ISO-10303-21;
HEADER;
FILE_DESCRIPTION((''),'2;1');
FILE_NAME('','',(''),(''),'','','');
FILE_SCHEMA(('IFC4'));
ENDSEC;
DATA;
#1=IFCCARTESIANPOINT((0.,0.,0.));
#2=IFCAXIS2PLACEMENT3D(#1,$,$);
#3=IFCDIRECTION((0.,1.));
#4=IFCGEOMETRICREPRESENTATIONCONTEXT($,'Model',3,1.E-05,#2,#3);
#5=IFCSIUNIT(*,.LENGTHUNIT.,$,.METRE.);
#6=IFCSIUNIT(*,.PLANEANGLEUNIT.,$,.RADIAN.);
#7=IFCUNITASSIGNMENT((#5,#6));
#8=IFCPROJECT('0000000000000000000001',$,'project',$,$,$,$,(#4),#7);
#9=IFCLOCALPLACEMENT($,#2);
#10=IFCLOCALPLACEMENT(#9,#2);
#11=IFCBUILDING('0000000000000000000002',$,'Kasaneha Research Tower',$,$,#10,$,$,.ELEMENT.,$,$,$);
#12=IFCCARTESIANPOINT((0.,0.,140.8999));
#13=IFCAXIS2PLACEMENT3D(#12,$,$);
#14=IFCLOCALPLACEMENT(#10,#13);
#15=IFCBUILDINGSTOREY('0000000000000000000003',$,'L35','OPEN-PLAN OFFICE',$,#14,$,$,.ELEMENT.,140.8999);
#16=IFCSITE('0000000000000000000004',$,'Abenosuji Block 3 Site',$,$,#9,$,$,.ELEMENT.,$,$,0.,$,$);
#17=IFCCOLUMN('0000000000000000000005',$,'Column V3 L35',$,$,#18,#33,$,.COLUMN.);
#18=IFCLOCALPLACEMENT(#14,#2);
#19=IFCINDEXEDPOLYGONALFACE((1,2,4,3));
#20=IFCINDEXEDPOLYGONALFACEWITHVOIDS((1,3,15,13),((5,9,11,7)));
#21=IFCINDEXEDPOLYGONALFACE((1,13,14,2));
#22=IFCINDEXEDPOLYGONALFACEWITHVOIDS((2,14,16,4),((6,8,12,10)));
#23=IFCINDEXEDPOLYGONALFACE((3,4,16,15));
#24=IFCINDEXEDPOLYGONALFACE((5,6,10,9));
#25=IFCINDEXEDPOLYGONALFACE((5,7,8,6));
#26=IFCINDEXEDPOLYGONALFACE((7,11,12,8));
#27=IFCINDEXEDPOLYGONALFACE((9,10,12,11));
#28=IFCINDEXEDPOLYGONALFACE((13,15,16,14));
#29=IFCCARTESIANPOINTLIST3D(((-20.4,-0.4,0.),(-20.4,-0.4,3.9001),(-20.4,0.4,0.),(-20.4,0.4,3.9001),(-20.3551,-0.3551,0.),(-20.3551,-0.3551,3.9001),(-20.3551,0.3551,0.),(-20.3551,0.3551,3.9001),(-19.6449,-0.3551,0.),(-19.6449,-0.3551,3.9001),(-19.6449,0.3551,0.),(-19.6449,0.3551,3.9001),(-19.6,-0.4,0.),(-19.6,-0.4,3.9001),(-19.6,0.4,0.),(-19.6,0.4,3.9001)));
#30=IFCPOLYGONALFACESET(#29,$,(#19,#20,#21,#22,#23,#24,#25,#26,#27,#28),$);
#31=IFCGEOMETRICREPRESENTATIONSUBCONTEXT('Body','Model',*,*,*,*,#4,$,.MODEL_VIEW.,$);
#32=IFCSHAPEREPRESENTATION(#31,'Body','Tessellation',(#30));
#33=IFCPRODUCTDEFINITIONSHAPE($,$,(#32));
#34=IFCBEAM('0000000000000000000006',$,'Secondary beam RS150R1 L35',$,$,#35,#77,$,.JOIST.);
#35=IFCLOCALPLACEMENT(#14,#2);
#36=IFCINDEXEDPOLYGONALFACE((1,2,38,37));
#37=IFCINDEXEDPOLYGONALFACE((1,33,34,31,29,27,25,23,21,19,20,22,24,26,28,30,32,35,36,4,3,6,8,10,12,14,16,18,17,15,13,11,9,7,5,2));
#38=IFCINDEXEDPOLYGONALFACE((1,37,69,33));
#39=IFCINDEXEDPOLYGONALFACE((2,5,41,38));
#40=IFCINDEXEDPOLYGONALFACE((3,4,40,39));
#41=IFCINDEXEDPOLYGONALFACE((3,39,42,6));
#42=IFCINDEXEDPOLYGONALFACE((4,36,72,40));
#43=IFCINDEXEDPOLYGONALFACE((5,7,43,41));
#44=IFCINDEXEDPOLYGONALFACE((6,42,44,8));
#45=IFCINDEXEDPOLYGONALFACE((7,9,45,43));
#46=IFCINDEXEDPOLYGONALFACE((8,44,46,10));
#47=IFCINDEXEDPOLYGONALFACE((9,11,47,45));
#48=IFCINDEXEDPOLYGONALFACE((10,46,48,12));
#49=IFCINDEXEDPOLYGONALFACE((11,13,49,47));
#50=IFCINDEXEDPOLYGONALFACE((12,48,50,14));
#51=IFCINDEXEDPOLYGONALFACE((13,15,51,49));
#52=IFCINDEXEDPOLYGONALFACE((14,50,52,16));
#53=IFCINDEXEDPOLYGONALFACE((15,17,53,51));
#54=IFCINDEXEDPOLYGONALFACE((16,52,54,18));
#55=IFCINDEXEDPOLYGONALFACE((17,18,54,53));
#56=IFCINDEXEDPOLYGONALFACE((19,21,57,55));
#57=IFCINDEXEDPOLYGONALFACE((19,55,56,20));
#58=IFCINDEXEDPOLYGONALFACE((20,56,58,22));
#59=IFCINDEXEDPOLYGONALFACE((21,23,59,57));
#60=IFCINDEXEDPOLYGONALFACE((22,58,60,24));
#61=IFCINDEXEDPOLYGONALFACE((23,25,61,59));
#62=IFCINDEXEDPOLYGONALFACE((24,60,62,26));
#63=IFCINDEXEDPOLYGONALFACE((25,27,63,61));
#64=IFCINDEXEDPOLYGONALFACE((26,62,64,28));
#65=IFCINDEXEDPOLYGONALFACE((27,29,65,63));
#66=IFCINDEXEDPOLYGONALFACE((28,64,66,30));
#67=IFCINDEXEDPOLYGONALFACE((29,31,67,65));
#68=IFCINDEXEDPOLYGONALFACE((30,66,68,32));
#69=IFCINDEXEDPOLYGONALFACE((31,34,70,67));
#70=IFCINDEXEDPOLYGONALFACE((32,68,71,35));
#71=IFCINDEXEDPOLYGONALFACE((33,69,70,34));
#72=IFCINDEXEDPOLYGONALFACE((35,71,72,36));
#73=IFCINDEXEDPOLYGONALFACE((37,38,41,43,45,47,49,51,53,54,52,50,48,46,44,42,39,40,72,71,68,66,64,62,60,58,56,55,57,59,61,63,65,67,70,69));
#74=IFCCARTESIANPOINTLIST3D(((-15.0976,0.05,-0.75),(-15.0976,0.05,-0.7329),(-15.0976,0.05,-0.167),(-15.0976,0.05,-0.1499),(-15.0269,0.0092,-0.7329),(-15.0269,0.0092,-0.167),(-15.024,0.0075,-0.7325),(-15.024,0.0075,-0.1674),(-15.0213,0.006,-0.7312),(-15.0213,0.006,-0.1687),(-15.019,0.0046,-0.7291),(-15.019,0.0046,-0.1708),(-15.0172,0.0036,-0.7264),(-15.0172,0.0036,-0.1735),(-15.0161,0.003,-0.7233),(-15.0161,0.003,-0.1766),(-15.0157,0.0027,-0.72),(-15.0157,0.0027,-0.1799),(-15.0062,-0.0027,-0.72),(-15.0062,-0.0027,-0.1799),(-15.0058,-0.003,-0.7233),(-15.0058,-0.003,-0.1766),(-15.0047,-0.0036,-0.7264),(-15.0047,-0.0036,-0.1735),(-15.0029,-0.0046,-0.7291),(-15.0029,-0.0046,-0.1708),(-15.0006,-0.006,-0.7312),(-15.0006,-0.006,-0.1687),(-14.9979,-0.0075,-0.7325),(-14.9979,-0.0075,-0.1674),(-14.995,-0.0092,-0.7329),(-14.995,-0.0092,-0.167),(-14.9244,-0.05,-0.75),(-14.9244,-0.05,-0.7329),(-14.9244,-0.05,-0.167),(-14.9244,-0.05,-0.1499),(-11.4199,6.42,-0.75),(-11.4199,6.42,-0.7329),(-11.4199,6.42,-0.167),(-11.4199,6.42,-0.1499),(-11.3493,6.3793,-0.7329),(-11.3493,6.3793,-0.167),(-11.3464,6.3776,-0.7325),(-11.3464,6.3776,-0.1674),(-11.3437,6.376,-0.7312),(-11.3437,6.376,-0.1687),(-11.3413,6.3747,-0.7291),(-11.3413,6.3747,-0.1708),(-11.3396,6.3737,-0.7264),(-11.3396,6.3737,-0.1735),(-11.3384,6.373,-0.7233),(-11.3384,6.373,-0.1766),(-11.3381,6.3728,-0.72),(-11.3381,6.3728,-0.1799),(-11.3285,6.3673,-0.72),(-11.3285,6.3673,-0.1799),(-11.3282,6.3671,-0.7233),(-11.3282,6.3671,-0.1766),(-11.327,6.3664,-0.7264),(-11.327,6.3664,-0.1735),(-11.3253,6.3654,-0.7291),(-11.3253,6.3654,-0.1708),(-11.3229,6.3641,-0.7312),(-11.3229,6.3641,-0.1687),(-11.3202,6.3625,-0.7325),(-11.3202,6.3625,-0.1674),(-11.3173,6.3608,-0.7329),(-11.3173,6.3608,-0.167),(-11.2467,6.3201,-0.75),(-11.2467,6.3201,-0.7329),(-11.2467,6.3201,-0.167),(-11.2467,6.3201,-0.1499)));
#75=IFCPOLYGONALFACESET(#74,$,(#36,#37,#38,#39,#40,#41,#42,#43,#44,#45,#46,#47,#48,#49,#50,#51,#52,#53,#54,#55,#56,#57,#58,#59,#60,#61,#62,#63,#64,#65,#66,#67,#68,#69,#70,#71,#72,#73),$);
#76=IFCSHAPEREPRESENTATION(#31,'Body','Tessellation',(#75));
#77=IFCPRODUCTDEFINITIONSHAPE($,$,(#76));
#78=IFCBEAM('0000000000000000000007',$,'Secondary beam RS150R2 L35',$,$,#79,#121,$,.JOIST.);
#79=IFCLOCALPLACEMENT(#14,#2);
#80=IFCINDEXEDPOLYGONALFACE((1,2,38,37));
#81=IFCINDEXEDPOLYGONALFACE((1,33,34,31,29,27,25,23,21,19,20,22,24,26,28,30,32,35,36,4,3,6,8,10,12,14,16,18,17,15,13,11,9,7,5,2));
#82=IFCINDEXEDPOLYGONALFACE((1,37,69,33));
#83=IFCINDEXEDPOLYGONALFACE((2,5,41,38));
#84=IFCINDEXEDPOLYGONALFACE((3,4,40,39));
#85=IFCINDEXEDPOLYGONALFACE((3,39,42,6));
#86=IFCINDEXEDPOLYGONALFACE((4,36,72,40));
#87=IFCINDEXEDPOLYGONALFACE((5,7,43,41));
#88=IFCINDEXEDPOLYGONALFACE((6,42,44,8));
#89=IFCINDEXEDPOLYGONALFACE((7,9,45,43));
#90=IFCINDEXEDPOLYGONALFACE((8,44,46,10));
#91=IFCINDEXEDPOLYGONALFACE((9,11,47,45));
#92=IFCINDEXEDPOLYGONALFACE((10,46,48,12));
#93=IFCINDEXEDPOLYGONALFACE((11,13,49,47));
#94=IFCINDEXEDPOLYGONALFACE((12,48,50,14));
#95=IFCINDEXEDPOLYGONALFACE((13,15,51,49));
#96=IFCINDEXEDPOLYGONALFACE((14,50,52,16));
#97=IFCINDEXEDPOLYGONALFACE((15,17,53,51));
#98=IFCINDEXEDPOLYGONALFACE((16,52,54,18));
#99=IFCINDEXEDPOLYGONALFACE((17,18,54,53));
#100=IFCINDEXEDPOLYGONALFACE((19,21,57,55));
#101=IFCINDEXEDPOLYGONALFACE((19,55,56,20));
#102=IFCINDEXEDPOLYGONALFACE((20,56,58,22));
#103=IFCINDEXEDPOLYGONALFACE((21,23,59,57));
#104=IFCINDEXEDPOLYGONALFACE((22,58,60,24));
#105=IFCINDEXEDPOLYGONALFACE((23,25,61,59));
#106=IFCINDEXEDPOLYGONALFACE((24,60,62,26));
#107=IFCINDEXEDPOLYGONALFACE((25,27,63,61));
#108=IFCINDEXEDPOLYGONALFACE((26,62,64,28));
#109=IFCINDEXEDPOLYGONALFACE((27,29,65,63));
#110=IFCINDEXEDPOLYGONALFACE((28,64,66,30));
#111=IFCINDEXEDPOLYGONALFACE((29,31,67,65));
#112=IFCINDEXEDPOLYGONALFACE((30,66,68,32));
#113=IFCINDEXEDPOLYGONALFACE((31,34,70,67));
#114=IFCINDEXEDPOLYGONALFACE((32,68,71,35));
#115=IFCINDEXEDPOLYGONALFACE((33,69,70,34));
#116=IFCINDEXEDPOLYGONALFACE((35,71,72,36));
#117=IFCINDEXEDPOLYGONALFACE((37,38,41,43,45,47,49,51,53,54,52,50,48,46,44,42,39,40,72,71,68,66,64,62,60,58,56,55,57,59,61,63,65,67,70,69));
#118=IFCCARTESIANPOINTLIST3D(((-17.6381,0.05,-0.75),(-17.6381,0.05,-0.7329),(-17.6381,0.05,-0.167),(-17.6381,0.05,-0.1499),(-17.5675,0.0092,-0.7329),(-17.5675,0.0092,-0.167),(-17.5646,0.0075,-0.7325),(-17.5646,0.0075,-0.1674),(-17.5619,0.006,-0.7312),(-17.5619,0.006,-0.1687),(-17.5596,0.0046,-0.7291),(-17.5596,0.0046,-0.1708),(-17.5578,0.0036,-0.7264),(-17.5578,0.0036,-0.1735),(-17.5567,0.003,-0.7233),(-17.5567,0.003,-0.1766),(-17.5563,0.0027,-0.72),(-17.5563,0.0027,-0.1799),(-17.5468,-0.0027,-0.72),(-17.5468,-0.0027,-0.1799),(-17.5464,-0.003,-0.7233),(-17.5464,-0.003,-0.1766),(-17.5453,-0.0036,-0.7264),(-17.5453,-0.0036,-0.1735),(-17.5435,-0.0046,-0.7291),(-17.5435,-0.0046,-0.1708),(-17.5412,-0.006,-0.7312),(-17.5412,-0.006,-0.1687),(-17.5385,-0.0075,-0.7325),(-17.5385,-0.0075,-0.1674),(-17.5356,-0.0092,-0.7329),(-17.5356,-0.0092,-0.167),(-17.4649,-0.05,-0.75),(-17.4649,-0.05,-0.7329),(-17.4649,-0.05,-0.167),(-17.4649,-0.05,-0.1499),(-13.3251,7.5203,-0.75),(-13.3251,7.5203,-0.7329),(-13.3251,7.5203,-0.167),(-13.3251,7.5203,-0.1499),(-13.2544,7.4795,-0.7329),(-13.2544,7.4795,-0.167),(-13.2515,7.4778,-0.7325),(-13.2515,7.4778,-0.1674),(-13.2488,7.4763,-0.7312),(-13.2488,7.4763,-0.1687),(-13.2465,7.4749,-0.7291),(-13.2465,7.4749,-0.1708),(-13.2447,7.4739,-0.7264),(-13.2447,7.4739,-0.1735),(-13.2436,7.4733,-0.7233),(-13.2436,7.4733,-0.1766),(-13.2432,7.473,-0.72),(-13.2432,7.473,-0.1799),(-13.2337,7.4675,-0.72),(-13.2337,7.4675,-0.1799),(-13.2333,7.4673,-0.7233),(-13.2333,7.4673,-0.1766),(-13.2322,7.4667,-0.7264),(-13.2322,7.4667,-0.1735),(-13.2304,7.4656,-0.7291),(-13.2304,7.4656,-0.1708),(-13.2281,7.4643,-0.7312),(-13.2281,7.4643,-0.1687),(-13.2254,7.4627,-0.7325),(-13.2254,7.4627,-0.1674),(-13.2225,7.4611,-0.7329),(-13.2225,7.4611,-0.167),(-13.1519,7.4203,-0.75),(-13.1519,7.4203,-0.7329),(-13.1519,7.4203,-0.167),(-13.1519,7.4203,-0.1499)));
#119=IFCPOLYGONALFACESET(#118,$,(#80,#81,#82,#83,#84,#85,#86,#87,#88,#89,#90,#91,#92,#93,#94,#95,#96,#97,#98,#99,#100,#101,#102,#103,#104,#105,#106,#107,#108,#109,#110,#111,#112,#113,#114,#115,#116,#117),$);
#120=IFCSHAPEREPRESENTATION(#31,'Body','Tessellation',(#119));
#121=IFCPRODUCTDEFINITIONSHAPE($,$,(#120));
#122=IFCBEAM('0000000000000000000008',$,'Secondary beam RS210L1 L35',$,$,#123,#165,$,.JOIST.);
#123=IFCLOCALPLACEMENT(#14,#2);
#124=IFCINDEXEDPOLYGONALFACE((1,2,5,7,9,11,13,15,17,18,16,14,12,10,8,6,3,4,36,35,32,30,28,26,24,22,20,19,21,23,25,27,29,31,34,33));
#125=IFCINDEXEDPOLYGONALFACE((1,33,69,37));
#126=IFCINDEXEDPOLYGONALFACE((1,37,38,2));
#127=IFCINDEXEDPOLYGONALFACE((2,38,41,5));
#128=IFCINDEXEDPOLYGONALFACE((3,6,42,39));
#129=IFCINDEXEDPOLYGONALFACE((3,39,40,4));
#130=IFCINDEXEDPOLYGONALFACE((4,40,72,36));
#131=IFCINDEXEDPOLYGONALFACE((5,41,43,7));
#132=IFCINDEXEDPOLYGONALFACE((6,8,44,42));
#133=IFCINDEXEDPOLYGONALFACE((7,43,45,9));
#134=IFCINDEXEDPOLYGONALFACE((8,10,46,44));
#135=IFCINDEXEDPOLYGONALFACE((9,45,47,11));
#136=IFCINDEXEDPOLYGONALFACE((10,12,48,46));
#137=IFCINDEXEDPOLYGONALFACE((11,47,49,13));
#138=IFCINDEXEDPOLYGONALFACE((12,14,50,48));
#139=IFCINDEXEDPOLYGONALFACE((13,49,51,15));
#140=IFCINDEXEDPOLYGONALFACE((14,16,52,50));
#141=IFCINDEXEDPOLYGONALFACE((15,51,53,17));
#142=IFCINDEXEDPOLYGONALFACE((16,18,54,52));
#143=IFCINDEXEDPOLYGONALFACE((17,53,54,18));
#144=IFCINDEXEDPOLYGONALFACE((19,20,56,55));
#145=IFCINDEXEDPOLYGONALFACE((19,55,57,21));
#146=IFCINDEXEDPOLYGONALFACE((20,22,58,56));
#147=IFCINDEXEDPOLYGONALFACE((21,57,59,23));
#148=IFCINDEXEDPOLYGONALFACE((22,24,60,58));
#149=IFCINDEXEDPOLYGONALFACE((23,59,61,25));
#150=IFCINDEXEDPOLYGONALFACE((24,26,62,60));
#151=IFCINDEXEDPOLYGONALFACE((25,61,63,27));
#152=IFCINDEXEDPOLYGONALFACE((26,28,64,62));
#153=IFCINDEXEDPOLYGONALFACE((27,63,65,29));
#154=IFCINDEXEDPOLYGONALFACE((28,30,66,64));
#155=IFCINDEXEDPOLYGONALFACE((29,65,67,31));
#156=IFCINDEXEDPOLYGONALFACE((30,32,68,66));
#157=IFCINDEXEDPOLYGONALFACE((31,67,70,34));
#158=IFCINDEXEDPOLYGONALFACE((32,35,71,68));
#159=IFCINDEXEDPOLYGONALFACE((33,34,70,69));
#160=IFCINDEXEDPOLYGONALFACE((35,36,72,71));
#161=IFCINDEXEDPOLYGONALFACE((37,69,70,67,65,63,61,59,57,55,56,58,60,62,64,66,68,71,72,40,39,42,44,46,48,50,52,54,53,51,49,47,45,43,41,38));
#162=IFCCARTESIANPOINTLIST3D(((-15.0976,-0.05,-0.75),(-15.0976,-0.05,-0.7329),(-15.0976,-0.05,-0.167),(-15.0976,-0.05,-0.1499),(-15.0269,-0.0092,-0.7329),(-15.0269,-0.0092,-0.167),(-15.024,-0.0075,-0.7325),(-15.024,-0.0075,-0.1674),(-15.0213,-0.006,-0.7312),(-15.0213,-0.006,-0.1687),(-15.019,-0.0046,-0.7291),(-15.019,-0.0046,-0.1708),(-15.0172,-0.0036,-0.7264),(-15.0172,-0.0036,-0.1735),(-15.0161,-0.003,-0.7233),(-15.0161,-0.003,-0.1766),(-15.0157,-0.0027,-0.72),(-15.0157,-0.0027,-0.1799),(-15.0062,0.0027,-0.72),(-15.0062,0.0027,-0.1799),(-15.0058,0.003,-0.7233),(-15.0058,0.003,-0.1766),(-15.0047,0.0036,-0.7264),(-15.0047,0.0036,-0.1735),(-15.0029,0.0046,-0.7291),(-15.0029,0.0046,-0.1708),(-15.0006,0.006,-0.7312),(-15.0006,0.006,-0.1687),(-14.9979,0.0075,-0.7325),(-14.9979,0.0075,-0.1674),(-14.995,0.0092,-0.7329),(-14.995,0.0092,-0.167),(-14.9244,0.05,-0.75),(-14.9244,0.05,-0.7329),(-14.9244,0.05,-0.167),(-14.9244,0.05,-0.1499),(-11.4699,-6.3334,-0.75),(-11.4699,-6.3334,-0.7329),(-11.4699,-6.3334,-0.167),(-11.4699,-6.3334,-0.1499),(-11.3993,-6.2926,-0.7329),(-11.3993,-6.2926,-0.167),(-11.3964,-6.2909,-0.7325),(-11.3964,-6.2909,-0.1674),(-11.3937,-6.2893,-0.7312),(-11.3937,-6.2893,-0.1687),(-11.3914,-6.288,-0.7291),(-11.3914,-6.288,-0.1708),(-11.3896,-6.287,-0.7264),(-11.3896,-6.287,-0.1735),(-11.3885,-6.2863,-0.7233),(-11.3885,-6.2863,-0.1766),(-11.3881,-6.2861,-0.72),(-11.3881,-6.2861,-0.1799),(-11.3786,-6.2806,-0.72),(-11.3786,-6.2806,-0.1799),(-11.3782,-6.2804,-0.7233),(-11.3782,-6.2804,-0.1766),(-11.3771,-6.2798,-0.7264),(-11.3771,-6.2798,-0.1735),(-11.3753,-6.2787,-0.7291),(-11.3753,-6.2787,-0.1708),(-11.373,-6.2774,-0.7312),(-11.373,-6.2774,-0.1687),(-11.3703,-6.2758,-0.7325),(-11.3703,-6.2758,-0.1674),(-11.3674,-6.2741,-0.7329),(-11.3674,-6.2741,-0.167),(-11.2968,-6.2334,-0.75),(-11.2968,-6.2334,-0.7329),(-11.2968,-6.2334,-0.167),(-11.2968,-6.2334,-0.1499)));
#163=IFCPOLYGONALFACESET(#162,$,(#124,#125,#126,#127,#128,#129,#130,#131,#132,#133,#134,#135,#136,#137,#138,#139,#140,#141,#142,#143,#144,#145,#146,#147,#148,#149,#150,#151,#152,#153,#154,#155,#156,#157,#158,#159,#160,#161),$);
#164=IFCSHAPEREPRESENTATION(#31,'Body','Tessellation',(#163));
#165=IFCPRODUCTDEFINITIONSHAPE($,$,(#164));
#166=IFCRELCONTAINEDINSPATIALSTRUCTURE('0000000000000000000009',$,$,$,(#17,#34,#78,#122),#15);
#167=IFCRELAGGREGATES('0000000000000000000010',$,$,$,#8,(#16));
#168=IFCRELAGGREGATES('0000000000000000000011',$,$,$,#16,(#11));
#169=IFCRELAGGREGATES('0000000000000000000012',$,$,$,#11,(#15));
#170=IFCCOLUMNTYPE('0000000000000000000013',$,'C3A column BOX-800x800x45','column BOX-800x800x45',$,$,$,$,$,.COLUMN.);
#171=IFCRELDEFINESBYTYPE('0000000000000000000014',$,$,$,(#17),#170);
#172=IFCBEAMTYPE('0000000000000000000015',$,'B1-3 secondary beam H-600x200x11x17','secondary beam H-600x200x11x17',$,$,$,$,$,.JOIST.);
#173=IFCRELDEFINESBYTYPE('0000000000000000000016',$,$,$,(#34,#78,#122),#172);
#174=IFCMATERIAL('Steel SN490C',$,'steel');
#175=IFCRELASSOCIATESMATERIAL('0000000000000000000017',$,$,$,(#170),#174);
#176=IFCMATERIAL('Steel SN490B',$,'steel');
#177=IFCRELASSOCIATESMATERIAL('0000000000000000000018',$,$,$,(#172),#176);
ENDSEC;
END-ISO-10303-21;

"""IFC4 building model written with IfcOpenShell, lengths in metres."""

from ifc_helpers import new_model, si_unit, direction, frame, origin, origin_2d, place, context, subcontext, project, spatial, hollow_rectangle, i_section, extrude, material, material_profile, profile_set, type_object, element, save


model = new_model("IFC4")

# Units and contexts
model_context = context("Model", 3, precision=1e-05, world=origin(), true_north=direction((0.0, 1.0)))
body_context = subcontext(model_context, "Body", "Model", "MODEL_VIEW")
ifc_project = project(units=[si_unit("LENGTHUNIT", "METRE"), si_unit("PLANEANGLEUNIT", "RADIAN")], contexts=[model_context])

# Site, building, storey
site_placement = place(None, origin())
site = spatial("IfcSite", under=ifc_project, at=site_placement, Name="Abenosuji Block 3 Site", CompositionType="ELEMENT", RefElevation=0.0)
building_placement = place(site_placement, origin())
building = spatial("IfcBuilding", under=site, at=building_placement, Name="Kasaneha Research Tower", CompositionType="ELEMENT")
storey_placement = place(building_placement, frame((0.0, 0.0, 140.8999)))
storey = spatial("IfcBuildingStorey", under=building, at=storey_placement, Name="L35", Description="OPEN-PLAN OFFICE", CompositionType="ELEMENT", Elevation=140.8999)

# Column
ifc_material_1 = material(Name="Steel SN490C", Category="steel")
ifc_material_profile_1 = material_profile(ifc_material_1, hollow_rectangle(XDim=0.8, YDim=0.8, WallThickness=0.0449, at=origin_2d()), Name="BOX-800x800x45")
ifc_profile_set_1 = profile_set([ifc_material_profile_1], Name="Steel SN490C")
column_type = type_object("IfcColumnType", Name="C3A column BOX-800x800x45", Description="column BOX-800x800x45", PredefinedType="COLUMN", material=ifc_profile_set_1)
column_placement = place(storey_placement, frame((-20.0, 0.0, 0.0), z_axis=(0.0, 0.0, 1.0), x_axis=(1.0, 0.0, 0.0)))
element("IfcColumn", 1, at=column_placement, inside=storey, type_object=column_type, Name="Column V3 L35", PredefinedType="COLUMN", context=body_context, shape_type="SweptSolid", body=[
    extrude(hollow_rectangle(XDim=0.8, YDim=0.8, WallThickness=0.0449, at=origin_2d()), origin(), (0.0, 0.0, 1.0), 3.9001),
])

# Beams
ifc_material_2 = material(Name="Steel SN490B", Category="steel")
ifc_material_profile_2 = material_profile(ifc_material_2, i_section(OverallWidth=0.2, OverallDepth=0.6001, WebThickness=0.011, FlangeThickness=0.0171, FilletRadius=0.0129, at=origin_2d()), Name="H-600x200x11x17")
ifc_profile_set_2 = profile_set([ifc_material_profile_2], Name="Steel SN490B")
beam_type_1 = type_object("IfcBeamType", Name="B1-3 secondary beam H-600x200x11x17", Description="secondary beam H-600x200x11x17", PredefinedType="JOIST", material=ifc_profile_set_2)
beam_1_placement = place(storey_placement, frame((-15.011, 0.0, -0.45), z_axis=(0.499994, 0.866029, 0.0), x_axis=(-0.866029, 0.499994, 0.0)))
element("IfcBeam", 2, at=beam_1_placement, inside=storey, type_object=beam_type_1, Name="Secondary beam RS150R1 L35", PredefinedType="JOIST", context=body_context, shape_type="SweptSolid", body=[
    extrude(i_section(OverallWidth=0.2, OverallDepth=0.6001, WebThickness=0.011, FlangeThickness=0.0171, FilletRadius=0.0129, at=origin_2d()), origin(), (0.0, 0.0, 1.0), 7.3555),
])
beam_2_placement = place(storey_placement, frame((-17.5515, 0.0, -0.45), z_axis=(0.500005, 0.866023, 0.0), x_axis=(-0.866023, 0.500005, 0.0)))
element("IfcBeam", 3, at=beam_2_placement, inside=storey, type_object=beam_type_1, Name="Secondary beam RS150R2 L35", PredefinedType="JOIST", context=body_context, shape_type="SweptSolid", body=[
    extrude(i_section(OverallWidth=0.2, OverallDepth=0.6001, WebThickness=0.011, FlangeThickness=0.0171, FilletRadius=0.0129, at=origin_2d()), origin(), (0.0, 0.0, 1.0), 8.626),
])
beam_3_placement = place(storey_placement, frame((-15.011, 0.0, -0.45), z_axis=(0.499993, -0.866029, 0.0), x_axis=(0.866029, 0.499993, 0.0)))
element("IfcBeam", 4, at=beam_3_placement, inside=storey, type_object=beam_type_1, Name="Secondary beam RS210L1 L35", PredefinedType="JOIST", context=body_context, shape_type="SweptSolid", body=[
    extrude(i_section(OverallWidth=0.2, OverallDepth=0.6001, WebThickness=0.011, FlangeThickness=0.0171, FilletRadius=0.0129, at=origin_2d()), origin(), (0.0, 0.0, 1.0), 7.2554),
])

save(model, "model.ifc")
